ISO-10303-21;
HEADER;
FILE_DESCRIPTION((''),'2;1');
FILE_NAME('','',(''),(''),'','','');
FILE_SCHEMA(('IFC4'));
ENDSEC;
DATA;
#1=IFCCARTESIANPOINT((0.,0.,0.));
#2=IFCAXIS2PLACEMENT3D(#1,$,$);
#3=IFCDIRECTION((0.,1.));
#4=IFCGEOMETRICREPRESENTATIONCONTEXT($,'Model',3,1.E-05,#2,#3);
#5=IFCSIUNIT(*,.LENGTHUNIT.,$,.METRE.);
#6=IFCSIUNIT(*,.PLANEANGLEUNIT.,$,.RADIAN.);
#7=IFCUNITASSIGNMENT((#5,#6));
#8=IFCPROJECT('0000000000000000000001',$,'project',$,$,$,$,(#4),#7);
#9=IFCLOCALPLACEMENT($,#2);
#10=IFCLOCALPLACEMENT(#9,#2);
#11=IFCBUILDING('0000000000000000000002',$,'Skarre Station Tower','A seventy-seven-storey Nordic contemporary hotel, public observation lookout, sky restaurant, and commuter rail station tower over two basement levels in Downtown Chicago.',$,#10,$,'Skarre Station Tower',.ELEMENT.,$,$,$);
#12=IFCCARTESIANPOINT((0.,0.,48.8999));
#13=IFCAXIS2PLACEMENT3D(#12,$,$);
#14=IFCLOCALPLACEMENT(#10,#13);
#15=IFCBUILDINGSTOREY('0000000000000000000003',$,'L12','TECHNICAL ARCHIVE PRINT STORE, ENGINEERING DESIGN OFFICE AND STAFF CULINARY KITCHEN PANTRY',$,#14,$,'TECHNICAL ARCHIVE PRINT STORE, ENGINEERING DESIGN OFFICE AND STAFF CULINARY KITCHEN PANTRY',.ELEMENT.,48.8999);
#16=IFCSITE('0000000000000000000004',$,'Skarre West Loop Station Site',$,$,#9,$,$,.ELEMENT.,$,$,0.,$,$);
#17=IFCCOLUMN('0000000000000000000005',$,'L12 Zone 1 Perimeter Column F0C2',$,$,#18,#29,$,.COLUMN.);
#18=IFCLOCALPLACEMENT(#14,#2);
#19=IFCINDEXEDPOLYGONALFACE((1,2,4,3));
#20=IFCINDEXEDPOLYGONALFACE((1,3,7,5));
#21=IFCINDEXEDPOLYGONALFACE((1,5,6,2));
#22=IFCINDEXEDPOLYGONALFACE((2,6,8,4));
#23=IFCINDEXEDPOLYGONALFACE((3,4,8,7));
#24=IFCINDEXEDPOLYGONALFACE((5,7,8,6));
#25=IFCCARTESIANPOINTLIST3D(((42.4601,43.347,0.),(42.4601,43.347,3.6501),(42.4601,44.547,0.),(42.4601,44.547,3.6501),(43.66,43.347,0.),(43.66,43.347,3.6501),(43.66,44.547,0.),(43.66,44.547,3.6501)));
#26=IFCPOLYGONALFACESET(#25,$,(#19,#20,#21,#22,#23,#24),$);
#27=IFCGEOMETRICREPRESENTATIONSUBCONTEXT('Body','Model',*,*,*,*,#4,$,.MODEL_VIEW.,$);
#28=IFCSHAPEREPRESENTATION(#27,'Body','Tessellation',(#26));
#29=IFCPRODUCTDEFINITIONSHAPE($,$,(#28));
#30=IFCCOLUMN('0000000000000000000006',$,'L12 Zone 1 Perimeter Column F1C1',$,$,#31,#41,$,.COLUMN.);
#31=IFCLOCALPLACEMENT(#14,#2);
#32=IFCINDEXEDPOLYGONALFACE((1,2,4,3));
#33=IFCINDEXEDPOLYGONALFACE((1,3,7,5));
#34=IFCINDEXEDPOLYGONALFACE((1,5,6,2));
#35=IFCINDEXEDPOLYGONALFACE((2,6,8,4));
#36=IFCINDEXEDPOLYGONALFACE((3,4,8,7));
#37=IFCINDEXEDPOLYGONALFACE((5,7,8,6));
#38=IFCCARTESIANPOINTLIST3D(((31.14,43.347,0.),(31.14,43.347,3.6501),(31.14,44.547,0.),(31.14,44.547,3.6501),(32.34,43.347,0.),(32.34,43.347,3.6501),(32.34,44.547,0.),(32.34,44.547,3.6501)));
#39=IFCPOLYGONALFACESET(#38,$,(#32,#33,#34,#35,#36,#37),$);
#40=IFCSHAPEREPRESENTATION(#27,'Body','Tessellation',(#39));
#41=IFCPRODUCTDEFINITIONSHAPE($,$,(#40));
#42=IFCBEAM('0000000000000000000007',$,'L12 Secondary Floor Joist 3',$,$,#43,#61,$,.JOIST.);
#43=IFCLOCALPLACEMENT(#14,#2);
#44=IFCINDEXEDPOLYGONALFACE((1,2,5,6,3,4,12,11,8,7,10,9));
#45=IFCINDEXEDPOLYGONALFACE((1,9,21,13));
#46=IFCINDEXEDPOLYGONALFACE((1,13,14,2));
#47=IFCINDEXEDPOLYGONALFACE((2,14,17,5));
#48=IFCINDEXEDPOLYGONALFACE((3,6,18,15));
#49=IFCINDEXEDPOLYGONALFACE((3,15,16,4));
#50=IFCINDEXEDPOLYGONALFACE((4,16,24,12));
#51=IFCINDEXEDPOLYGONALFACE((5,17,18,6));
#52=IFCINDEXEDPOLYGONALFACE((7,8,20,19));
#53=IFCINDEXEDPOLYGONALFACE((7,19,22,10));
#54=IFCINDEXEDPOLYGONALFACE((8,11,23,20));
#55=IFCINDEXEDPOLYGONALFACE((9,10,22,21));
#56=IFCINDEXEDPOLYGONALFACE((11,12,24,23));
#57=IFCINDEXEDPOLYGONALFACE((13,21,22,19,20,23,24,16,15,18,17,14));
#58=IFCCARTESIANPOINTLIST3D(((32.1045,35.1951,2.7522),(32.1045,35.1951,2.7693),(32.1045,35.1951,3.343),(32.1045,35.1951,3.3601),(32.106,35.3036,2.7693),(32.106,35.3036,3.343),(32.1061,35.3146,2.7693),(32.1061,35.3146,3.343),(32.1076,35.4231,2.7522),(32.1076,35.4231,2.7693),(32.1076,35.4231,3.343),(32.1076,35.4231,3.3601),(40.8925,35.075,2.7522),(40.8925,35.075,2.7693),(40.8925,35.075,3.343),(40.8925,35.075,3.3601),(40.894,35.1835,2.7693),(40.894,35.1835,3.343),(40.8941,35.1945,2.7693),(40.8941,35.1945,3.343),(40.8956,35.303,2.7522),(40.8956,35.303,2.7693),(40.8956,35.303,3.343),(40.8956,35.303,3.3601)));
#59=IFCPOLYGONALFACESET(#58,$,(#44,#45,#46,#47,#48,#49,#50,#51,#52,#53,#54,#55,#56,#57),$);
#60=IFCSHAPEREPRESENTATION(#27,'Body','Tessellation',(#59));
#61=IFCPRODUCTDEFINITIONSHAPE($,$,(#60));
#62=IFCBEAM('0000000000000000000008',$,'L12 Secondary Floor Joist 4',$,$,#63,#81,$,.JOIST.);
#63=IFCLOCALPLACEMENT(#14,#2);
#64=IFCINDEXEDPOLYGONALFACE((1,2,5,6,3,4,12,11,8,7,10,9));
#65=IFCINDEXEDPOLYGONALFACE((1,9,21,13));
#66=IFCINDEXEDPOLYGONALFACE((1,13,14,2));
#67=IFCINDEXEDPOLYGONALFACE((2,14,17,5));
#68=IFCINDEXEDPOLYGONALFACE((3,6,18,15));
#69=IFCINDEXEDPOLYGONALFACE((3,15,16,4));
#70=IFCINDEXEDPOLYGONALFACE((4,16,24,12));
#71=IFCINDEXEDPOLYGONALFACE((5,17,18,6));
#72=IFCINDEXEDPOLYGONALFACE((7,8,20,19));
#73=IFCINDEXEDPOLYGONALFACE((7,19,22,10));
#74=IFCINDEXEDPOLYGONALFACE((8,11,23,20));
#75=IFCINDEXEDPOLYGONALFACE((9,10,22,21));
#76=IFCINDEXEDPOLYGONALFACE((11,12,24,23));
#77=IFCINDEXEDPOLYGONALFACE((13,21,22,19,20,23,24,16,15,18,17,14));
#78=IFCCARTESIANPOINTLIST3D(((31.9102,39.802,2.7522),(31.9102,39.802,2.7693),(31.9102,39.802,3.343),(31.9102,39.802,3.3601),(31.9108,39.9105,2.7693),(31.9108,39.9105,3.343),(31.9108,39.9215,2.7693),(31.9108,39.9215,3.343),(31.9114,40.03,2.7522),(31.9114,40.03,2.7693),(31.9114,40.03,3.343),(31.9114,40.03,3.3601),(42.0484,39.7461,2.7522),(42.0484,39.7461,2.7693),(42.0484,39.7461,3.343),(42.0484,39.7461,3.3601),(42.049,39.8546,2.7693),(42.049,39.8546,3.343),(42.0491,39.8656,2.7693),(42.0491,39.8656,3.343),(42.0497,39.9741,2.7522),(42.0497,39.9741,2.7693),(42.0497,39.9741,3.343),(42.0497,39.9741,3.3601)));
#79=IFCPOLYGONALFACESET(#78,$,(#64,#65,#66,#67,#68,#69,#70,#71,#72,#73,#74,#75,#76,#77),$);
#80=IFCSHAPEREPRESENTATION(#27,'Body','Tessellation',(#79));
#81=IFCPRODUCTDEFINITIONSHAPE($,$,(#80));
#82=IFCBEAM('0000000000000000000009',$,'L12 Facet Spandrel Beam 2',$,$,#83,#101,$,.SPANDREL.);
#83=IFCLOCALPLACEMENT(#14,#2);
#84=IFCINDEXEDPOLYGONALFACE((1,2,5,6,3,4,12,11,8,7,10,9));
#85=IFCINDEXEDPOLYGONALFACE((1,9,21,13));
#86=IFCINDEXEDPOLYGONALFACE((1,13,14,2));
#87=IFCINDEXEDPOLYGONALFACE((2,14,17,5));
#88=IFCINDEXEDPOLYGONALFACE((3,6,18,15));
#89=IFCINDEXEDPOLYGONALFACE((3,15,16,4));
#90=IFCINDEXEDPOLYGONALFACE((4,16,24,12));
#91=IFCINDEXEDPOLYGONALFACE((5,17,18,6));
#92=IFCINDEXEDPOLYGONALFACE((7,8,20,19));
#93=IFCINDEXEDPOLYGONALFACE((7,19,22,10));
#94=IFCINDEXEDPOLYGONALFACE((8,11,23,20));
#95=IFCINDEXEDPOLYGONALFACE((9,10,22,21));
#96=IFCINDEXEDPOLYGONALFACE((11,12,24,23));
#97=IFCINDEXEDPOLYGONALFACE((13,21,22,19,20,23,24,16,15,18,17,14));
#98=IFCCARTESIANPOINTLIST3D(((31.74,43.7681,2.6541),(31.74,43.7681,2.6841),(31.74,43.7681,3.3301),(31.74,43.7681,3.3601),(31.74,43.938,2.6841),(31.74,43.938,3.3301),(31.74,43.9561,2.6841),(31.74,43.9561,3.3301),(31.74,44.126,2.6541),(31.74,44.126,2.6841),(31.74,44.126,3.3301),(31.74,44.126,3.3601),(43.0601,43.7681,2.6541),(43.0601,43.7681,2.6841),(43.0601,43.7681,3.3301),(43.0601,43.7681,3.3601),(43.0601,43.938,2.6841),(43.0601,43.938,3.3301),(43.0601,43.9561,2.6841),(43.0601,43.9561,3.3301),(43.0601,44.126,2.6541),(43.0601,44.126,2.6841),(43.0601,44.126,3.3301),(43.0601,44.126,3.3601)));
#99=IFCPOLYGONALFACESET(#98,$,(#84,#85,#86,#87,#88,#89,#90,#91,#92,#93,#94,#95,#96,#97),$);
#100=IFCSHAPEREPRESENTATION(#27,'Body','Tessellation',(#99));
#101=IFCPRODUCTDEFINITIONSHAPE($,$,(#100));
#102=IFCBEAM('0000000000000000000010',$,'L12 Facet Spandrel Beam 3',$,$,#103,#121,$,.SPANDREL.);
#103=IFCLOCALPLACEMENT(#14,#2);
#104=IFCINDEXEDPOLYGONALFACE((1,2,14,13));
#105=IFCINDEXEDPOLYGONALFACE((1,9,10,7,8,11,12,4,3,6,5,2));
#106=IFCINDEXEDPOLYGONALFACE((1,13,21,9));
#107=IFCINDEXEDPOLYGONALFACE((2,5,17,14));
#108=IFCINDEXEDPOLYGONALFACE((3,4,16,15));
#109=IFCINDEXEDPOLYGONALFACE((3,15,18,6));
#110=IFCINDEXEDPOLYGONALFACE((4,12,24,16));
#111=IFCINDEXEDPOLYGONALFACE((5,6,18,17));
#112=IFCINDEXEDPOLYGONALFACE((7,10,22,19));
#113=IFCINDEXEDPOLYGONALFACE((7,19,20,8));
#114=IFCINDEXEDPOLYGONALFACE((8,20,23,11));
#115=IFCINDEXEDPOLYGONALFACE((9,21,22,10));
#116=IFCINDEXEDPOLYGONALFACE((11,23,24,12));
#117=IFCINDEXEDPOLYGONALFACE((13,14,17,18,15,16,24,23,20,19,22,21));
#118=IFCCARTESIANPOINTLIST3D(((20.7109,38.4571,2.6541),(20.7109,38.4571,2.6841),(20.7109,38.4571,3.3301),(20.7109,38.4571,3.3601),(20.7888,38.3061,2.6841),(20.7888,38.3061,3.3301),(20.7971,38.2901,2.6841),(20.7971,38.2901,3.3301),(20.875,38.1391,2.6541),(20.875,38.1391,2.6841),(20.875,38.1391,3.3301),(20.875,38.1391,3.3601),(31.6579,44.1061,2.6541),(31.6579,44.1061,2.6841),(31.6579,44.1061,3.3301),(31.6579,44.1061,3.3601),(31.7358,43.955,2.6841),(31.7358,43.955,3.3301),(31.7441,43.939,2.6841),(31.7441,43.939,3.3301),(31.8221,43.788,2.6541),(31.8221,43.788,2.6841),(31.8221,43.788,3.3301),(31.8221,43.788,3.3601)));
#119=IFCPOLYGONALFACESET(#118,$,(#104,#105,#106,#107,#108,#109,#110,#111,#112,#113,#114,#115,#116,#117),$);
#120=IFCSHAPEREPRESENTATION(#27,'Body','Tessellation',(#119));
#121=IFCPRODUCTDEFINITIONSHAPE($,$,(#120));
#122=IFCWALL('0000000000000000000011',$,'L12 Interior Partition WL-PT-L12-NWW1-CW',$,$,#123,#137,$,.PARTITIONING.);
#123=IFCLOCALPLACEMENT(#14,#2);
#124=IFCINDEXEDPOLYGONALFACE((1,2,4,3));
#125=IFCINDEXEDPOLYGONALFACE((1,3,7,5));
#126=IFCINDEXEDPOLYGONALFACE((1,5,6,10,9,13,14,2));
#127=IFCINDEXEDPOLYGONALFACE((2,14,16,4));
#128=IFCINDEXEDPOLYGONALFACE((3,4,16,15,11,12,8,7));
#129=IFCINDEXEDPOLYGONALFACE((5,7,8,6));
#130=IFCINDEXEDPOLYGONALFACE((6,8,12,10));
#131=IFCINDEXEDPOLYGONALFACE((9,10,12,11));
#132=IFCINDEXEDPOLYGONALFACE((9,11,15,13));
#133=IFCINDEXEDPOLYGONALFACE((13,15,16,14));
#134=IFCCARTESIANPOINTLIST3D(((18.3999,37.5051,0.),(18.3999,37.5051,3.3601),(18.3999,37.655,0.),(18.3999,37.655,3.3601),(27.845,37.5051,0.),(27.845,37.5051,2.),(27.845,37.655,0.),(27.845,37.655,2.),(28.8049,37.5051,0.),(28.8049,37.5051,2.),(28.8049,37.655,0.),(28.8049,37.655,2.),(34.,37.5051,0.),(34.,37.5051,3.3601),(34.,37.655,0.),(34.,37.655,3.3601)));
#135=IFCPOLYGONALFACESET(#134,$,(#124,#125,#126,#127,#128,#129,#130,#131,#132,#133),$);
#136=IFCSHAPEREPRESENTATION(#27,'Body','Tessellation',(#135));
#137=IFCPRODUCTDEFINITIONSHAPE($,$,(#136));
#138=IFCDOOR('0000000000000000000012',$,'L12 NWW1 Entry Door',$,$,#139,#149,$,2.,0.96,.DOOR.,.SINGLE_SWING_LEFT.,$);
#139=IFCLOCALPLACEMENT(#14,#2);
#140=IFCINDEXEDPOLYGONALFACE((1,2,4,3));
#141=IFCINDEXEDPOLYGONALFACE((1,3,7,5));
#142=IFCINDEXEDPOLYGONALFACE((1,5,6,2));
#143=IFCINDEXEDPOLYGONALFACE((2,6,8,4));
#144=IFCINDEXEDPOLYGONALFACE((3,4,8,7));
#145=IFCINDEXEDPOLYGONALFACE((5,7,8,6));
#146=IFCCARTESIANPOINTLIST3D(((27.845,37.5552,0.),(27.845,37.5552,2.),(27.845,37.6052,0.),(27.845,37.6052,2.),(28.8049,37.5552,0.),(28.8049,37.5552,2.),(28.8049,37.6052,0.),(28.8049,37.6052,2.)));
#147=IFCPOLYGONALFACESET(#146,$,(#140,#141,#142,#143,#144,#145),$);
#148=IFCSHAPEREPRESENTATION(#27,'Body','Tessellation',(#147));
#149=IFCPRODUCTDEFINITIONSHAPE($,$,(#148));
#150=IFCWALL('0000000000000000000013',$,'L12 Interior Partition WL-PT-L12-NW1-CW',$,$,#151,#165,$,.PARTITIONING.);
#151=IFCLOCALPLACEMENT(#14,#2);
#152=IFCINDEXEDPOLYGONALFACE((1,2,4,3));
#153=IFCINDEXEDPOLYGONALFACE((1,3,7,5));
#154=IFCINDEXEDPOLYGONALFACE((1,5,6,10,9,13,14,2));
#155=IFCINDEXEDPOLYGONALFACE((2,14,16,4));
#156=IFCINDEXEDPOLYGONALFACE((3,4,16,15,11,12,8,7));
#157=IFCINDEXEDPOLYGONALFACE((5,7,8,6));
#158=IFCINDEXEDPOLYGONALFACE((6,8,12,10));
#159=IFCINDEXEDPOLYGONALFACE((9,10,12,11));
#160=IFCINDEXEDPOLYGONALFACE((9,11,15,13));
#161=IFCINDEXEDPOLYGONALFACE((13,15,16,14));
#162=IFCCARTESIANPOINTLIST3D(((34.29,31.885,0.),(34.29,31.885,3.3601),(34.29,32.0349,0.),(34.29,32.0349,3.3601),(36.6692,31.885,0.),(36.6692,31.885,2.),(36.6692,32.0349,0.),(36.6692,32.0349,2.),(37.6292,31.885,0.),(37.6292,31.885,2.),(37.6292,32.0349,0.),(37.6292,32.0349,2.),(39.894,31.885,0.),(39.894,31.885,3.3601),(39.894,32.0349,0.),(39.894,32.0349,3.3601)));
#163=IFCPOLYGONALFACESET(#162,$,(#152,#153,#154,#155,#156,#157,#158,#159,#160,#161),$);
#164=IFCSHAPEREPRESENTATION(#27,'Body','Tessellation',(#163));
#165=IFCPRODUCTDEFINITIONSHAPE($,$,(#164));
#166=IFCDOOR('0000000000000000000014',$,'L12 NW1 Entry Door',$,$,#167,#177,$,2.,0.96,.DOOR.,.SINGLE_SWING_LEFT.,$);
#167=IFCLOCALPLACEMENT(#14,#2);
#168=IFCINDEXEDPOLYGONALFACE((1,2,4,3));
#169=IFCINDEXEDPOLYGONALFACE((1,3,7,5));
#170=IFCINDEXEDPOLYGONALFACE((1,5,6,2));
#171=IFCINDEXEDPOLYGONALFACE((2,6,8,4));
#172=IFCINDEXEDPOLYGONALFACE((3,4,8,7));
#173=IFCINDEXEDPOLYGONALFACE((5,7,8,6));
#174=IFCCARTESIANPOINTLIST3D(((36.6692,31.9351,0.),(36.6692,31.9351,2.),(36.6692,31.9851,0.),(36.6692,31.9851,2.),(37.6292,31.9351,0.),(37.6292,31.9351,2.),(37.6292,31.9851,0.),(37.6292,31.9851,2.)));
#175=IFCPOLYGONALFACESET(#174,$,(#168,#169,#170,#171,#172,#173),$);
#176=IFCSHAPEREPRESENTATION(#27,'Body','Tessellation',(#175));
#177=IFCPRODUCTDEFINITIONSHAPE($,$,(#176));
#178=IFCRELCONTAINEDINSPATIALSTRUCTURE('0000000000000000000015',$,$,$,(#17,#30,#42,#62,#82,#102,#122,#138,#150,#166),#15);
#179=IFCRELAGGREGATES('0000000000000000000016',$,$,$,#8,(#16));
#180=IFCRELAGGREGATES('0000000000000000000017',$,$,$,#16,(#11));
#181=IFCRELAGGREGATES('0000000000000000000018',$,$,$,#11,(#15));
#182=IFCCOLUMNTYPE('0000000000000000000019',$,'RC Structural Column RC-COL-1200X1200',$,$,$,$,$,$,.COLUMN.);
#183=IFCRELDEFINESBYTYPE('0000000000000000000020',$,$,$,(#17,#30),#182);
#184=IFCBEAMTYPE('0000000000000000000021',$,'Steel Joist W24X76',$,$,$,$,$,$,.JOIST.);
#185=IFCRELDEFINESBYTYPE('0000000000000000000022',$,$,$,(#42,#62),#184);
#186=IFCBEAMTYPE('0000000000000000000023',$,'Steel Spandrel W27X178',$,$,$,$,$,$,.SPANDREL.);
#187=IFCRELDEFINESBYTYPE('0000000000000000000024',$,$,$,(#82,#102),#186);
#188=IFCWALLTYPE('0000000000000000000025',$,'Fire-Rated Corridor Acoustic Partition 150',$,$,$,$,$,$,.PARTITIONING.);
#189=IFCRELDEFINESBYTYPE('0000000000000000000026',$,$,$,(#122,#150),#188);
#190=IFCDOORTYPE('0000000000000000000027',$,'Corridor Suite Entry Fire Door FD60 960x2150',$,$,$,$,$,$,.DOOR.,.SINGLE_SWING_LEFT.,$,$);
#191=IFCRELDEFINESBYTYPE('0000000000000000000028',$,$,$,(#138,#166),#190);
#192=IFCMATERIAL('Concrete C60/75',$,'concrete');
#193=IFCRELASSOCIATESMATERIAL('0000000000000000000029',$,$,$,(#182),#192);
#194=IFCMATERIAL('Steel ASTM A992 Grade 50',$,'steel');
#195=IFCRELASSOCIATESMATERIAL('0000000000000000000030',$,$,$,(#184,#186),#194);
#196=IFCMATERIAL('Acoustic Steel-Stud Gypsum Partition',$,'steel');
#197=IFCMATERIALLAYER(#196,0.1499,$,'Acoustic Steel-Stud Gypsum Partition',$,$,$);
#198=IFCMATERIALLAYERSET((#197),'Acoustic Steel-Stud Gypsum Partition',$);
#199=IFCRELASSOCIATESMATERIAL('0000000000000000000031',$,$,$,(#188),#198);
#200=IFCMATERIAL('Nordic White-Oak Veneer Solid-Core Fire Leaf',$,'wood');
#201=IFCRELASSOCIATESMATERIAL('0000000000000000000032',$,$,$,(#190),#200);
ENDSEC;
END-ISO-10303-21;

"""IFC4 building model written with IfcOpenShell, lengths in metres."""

from ifc_helpers import new_model, si_unit, direction, frame, frame_2d, origin, origin_2d, place, context, subcontext, project, spatial, rectangle, i_section, extrude, material, layer, layer_set, material_profile, profile_set, type_object, element, fill, save


model = new_model("IFC4")

# Units and contexts
model_context = context("Model", 3, precision=1e-05, world=origin(), true_north=direction((0.0, 1.0)))
body_context = subcontext(model_context, "Body", "Model", "MODEL_VIEW")
ifc_project = project(units=[si_unit("LENGTHUNIT", "METRE"), si_unit("PLANEANGLEUNIT", "RADIAN")], contexts=[model_context])

# Site, building, storey
site_placement = place(None, origin())
site = spatial("IfcSite", under=ifc_project, at=site_placement, Name="Skarre West Loop Station Site", CompositionType="ELEMENT", RefElevation=0.0)
building_placement = place(site_placement, origin())
building = spatial("IfcBuilding", under=site, at=building_placement, Name="Skarre Station Tower", Description="A seventy-seven-storey Nordic contemporary hotel, public observation lookout, sky restaurant, and commuter rail station tower over two basement levels in Downtown Chicago.", LongName="Skarre Station Tower", CompositionType="ELEMENT")
storey_placement = place(building_placement, frame((0.0, 0.0, 48.8999)))
storey = spatial("IfcBuildingStorey", under=building, at=storey_placement, Name="L12", Description="TECHNICAL ARCHIVE PRINT STORE, ENGINEERING DESIGN OFFICE AND STAFF CULINARY KITCHEN PANTRY", LongName="TECHNICAL ARCHIVE PRINT STORE, ENGINEERING DESIGN OFFICE AND STAFF CULINARY KITCHEN PANTRY", CompositionType="ELEMENT", Elevation=48.8999)

# Columns
ifc_material_1 = material(Name="Concrete C60/75", Category="concrete")
ifc_material_profile_1 = material_profile(ifc_material_1, rectangle(XDim=1.2, YDim=1.2, at=origin_2d()), Name="Concrete C60/75")
ifc_profile_set_1 = profile_set([ifc_material_profile_1], Name="Concrete C60/75")
column_type = type_object("IfcColumnType", Name="RC Structural Column RC-COL-1200X1200", PredefinedType="COLUMN", material=ifc_profile_set_1)
for number, where, z_axis, x_axis, name in (
    (1, (43.0601, 43.947, 0.0), (0.0, 0.0, 1.0), (1.0, 0.0, 0.0), "L12 Zone 1 Perimeter Column F0C2"),
    (2, (31.74, 43.947, 0.0), (0.0, 0.0, 1.0), (1.0, 0.0, 0.0), "L12 Zone 1 Perimeter Column F1C1"),
):
    element("IfcColumn", number, at=place(storey_placement, frame(where, z_axis=z_axis, x_axis=x_axis)), inside=storey, type_object=column_type, Name=name, PredefinedType="COLUMN", context=body_context, shape_type="SweptSolid", body=[
        extrude(rectangle(XDim=1.2, YDim=1.2, at=origin_2d()), origin(), (0.0, 0.0, 1.0), 3.6501),
    ])

# Beams
ifc_material_2 = material(Name="Steel ASTM A992 Grade 50", Category="steel")
ifc_material_profile_2 = material_profile(ifc_material_2, i_section(OverallWidth=0.228, OverallDepth=0.6079, WebThickness=0.011, FlangeThickness=0.0171, at=origin_2d()), Name="Steel ASTM A992 Grade 50")
ifc_profile_set_2 = profile_set([ifc_material_profile_2], Name="Steel ASTM A992 Grade 50")
beam_type_1 = type_object("IfcBeamType", Name="Steel Joist W24X76", PredefinedType="JOIST", material=ifc_profile_set_2)
beam_1_placement = place(storey_placement, frame((40.894, 35.189, 3.0562), z_axis=(-0.999907, 0.013667, 0.0), x_axis=(-0.013667, -0.999907, 0.0)))
element("IfcBeam", 3, at=beam_1_placement, inside=storey, type_object=beam_type_1, Name="L12 Secondary Floor Joist 3", PredefinedType="JOIST", context=body_context, shape_type="SweptSolid", body=[
    extrude(i_section(OverallWidth=0.228, OverallDepth=0.6079, WebThickness=0.011, FlangeThickness=0.0171, at=origin_2d()), origin(), (0.0, 0.0, 1.0), 8.7888),
])
beam_2_placement = place(storey_placement, frame((42.0491, 39.8601, 3.0562), z_axis=(-0.999985, 0.005515, 0.0), x_axis=(-0.005515, -0.999985, 0.0)))
element("IfcBeam", 4, at=beam_2_placement, inside=storey, type_object=beam_type_1, Name="L12 Secondary Floor Joist 4", PredefinedType="JOIST", context=body_context, shape_type="SweptSolid", body=[
    extrude(i_section(OverallWidth=0.228, OverallDepth=0.6079, WebThickness=0.011, FlangeThickness=0.0171, at=origin_2d()), origin(), (0.0, 0.0, 1.0), 10.1384),
])
ifc_material_profile_3 = material_profile(ifc_material_2, i_section(OverallWidth=0.3579, OverallDepth=0.7061, WebThickness=0.0181, FlangeThickness=0.03, at=origin_2d()), Name="Steel ASTM A992 Grade 50")
ifc_profile_set_3 = profile_set([ifc_material_profile_3], Name="Steel ASTM A992 Grade 50")
beam_type_2 = type_object("IfcBeamType", Name="Steel Spandrel W27X178", PredefinedType="SPANDREL", material=ifc_profile_set_3)
beam_3_placement = place(storey_placement, frame((43.0601, 43.947, 3.0071), z_axis=(-1.0, 0.0, 0.0), x_axis=(0.0, -1.0, 0.0)))
element("IfcBeam", 5, at=beam_3_placement, inside=storey, type_object=beam_type_2, Name="L12 Facet Spandrel Beam 2", PredefinedType="SPANDREL", context=body_context, shape_type="SweptSolid", body=[
    extrude(i_section(OverallWidth=0.3579, OverallDepth=0.7061, WebThickness=0.0181, FlangeThickness=0.03, at=origin_2d()), origin(), (0.0, 0.0, 1.0), 11.3201),
])
beam_4_placement = place(storey_placement, frame((31.74, 43.947, 3.0071), z_axis=(-0.888659, -0.458569, 0.0), x_axis=(0.458569, -0.888659, 0.0)))
element("IfcBeam", 6, at=beam_4_placement, inside=storey, type_object=beam_type_2, Name="L12 Facet Spandrel Beam 3", PredefinedType="SPANDREL", context=body_context, shape_type="SweptSolid", body=[
    extrude(i_section(OverallWidth=0.3579, OverallDepth=0.7061, WebThickness=0.0181, FlangeThickness=0.03, at=origin_2d()), origin(), (0.0, 0.0, 1.0), 12.3186),
])

# Walls, openings, doors
ifc_material_3 = material(Name="Acoustic Steel-Stud Gypsum Partition", Category="steel")
ifc_layer_1 = layer(ifc_material_3, 0.1499, Name="Acoustic Steel-Stud Gypsum Partition")
ifc_layer_set_1 = layer_set([ifc_layer_1], Name="Acoustic Steel-Stud Gypsum Partition")
wall_type_1 = type_object("IfcWallType", Name="Fire-Rated Corridor Acoustic Partition 150", PredefinedType="PARTITIONING", material=ifc_layer_set_1)
wall_1_placement = place(storey_placement, frame((34.0, 37.5801, 0.0), z_axis=(0.0, 0.0, 1.0), x_axis=(-1.0, 0.0, 0.0)))
wall_1 = element("IfcWall", 7, at=wall_1_placement, inside=storey, type_object=wall_type_1, Name="L12 Interior Partition WL-PT-L12-NWW1-CW", PredefinedType="PARTITIONING", context=body_context, shape_type="SweptSolid", body=[
    extrude(rectangle(XDim=15.6001, YDim=0.1499, at=frame_2d((7.8, 0.0))), origin(), (0.0, 0.0, 1.0), 3.3601),
])
opening_1_placement = place(wall_1_placement, frame((5.1951, 0.0, 0.0)))
opening_1 = element("IfcOpeningElement", 8, at=opening_1_placement, cuts=wall_1, PredefinedType="OPENING", context=body_context, shape_type="SweptSolid", body=[
    extrude(rectangle(XDim=0.96, YDim=2.0, at=frame_2d((0.48, 1.0))), frame((0.0, 0.085, 0.0), z_axis=(0.0, -1.0, 0.0), x_axis=(1.0, 0.0, 0.0)), (0.0, 0.0, 1.0), 0.1699),
])
ifc_material_4 = material(Name="Nordic White-Oak Veneer Solid-Core Fire Leaf", Category="wood")
door_type = type_object("IfcDoorType", Name="Corridor Suite Entry Fire Door FD60 960x2150", OperationType="SINGLE_SWING_LEFT", PredefinedType="DOOR", material=ifc_material_4)
door_1_placement = place(opening_1_placement, origin())
door_1 = element("IfcDoor", 9, at=door_1_placement, inside=storey, type_object=door_type, Name="L12 NWW1 Entry Door", OperationType="SINGLE_SWING_LEFT", OverallHeight=2.0, OverallWidth=0.96, PredefinedType="DOOR", context=body_context, shape_type="SweptSolid", body=[
    extrude(rectangle(XDim=0.96, YDim=2.0, at=frame_2d((0.48, 1.0))), frame((0.0, 0.0249, 0.0), z_axis=(0.0, -1.0, 0.0), x_axis=(1.0, 0.0, 0.0)), (0.0, 0.0, 1.0), 0.05),
])
fill(opening_1, door_1)
wall_2_placement = place(storey_placement, frame((39.894, 31.96, 0.0), z_axis=(0.0, 0.0, 1.0), x_axis=(-1.0, 0.0, 0.0)))
wall_2 = element("IfcWall", 10, at=wall_2_placement, inside=storey, type_object=wall_type_1, Name="L12 Interior Partition WL-PT-L12-NW1-CW", PredefinedType="PARTITIONING", context=body_context, shape_type="SweptSolid", body=[
    extrude(rectangle(XDim=5.604, YDim=0.1499, at=frame_2d((2.802, 0.0))), origin(), (0.0, 0.0, 1.0), 3.3601),
])
opening_2_placement = place(wall_2_placement, frame((2.2649, 0.0, 0.0)))
opening_2 = element("IfcOpeningElement", 11, at=opening_2_placement, cuts=wall_2, PredefinedType="OPENING", context=body_context, shape_type="SweptSolid", body=[
    extrude(rectangle(XDim=0.96, YDim=2.0, at=frame_2d((0.48, 1.0))), frame((0.0, 0.085, 0.0), z_axis=(0.0, -1.0, 0.0), x_axis=(1.0, 0.0, 0.0)), (0.0, 0.0, 1.0), 0.1699),
])
door_2_placement = place(opening_2_placement, origin())
door_2 = element("IfcDoor", 12, at=door_2_placement, inside=storey, type_object=door_type, Name="L12 NW1 Entry Door", OperationType="SINGLE_SWING_LEFT", OverallHeight=2.0, OverallWidth=0.96, PredefinedType="DOOR", context=body_context, shape_type="SweptSolid", body=[
    extrude(rectangle(XDim=0.96, YDim=2.0, at=frame_2d((0.48, 1.0))), frame((0.0, 0.0249, 0.0), z_axis=(0.0, -1.0, 0.0), x_axis=(1.0, 0.0, 0.0)), (0.0, 0.0, 1.0), 0.05),
])
fill(opening_2, door_2)

save(model, "model.ifc")
